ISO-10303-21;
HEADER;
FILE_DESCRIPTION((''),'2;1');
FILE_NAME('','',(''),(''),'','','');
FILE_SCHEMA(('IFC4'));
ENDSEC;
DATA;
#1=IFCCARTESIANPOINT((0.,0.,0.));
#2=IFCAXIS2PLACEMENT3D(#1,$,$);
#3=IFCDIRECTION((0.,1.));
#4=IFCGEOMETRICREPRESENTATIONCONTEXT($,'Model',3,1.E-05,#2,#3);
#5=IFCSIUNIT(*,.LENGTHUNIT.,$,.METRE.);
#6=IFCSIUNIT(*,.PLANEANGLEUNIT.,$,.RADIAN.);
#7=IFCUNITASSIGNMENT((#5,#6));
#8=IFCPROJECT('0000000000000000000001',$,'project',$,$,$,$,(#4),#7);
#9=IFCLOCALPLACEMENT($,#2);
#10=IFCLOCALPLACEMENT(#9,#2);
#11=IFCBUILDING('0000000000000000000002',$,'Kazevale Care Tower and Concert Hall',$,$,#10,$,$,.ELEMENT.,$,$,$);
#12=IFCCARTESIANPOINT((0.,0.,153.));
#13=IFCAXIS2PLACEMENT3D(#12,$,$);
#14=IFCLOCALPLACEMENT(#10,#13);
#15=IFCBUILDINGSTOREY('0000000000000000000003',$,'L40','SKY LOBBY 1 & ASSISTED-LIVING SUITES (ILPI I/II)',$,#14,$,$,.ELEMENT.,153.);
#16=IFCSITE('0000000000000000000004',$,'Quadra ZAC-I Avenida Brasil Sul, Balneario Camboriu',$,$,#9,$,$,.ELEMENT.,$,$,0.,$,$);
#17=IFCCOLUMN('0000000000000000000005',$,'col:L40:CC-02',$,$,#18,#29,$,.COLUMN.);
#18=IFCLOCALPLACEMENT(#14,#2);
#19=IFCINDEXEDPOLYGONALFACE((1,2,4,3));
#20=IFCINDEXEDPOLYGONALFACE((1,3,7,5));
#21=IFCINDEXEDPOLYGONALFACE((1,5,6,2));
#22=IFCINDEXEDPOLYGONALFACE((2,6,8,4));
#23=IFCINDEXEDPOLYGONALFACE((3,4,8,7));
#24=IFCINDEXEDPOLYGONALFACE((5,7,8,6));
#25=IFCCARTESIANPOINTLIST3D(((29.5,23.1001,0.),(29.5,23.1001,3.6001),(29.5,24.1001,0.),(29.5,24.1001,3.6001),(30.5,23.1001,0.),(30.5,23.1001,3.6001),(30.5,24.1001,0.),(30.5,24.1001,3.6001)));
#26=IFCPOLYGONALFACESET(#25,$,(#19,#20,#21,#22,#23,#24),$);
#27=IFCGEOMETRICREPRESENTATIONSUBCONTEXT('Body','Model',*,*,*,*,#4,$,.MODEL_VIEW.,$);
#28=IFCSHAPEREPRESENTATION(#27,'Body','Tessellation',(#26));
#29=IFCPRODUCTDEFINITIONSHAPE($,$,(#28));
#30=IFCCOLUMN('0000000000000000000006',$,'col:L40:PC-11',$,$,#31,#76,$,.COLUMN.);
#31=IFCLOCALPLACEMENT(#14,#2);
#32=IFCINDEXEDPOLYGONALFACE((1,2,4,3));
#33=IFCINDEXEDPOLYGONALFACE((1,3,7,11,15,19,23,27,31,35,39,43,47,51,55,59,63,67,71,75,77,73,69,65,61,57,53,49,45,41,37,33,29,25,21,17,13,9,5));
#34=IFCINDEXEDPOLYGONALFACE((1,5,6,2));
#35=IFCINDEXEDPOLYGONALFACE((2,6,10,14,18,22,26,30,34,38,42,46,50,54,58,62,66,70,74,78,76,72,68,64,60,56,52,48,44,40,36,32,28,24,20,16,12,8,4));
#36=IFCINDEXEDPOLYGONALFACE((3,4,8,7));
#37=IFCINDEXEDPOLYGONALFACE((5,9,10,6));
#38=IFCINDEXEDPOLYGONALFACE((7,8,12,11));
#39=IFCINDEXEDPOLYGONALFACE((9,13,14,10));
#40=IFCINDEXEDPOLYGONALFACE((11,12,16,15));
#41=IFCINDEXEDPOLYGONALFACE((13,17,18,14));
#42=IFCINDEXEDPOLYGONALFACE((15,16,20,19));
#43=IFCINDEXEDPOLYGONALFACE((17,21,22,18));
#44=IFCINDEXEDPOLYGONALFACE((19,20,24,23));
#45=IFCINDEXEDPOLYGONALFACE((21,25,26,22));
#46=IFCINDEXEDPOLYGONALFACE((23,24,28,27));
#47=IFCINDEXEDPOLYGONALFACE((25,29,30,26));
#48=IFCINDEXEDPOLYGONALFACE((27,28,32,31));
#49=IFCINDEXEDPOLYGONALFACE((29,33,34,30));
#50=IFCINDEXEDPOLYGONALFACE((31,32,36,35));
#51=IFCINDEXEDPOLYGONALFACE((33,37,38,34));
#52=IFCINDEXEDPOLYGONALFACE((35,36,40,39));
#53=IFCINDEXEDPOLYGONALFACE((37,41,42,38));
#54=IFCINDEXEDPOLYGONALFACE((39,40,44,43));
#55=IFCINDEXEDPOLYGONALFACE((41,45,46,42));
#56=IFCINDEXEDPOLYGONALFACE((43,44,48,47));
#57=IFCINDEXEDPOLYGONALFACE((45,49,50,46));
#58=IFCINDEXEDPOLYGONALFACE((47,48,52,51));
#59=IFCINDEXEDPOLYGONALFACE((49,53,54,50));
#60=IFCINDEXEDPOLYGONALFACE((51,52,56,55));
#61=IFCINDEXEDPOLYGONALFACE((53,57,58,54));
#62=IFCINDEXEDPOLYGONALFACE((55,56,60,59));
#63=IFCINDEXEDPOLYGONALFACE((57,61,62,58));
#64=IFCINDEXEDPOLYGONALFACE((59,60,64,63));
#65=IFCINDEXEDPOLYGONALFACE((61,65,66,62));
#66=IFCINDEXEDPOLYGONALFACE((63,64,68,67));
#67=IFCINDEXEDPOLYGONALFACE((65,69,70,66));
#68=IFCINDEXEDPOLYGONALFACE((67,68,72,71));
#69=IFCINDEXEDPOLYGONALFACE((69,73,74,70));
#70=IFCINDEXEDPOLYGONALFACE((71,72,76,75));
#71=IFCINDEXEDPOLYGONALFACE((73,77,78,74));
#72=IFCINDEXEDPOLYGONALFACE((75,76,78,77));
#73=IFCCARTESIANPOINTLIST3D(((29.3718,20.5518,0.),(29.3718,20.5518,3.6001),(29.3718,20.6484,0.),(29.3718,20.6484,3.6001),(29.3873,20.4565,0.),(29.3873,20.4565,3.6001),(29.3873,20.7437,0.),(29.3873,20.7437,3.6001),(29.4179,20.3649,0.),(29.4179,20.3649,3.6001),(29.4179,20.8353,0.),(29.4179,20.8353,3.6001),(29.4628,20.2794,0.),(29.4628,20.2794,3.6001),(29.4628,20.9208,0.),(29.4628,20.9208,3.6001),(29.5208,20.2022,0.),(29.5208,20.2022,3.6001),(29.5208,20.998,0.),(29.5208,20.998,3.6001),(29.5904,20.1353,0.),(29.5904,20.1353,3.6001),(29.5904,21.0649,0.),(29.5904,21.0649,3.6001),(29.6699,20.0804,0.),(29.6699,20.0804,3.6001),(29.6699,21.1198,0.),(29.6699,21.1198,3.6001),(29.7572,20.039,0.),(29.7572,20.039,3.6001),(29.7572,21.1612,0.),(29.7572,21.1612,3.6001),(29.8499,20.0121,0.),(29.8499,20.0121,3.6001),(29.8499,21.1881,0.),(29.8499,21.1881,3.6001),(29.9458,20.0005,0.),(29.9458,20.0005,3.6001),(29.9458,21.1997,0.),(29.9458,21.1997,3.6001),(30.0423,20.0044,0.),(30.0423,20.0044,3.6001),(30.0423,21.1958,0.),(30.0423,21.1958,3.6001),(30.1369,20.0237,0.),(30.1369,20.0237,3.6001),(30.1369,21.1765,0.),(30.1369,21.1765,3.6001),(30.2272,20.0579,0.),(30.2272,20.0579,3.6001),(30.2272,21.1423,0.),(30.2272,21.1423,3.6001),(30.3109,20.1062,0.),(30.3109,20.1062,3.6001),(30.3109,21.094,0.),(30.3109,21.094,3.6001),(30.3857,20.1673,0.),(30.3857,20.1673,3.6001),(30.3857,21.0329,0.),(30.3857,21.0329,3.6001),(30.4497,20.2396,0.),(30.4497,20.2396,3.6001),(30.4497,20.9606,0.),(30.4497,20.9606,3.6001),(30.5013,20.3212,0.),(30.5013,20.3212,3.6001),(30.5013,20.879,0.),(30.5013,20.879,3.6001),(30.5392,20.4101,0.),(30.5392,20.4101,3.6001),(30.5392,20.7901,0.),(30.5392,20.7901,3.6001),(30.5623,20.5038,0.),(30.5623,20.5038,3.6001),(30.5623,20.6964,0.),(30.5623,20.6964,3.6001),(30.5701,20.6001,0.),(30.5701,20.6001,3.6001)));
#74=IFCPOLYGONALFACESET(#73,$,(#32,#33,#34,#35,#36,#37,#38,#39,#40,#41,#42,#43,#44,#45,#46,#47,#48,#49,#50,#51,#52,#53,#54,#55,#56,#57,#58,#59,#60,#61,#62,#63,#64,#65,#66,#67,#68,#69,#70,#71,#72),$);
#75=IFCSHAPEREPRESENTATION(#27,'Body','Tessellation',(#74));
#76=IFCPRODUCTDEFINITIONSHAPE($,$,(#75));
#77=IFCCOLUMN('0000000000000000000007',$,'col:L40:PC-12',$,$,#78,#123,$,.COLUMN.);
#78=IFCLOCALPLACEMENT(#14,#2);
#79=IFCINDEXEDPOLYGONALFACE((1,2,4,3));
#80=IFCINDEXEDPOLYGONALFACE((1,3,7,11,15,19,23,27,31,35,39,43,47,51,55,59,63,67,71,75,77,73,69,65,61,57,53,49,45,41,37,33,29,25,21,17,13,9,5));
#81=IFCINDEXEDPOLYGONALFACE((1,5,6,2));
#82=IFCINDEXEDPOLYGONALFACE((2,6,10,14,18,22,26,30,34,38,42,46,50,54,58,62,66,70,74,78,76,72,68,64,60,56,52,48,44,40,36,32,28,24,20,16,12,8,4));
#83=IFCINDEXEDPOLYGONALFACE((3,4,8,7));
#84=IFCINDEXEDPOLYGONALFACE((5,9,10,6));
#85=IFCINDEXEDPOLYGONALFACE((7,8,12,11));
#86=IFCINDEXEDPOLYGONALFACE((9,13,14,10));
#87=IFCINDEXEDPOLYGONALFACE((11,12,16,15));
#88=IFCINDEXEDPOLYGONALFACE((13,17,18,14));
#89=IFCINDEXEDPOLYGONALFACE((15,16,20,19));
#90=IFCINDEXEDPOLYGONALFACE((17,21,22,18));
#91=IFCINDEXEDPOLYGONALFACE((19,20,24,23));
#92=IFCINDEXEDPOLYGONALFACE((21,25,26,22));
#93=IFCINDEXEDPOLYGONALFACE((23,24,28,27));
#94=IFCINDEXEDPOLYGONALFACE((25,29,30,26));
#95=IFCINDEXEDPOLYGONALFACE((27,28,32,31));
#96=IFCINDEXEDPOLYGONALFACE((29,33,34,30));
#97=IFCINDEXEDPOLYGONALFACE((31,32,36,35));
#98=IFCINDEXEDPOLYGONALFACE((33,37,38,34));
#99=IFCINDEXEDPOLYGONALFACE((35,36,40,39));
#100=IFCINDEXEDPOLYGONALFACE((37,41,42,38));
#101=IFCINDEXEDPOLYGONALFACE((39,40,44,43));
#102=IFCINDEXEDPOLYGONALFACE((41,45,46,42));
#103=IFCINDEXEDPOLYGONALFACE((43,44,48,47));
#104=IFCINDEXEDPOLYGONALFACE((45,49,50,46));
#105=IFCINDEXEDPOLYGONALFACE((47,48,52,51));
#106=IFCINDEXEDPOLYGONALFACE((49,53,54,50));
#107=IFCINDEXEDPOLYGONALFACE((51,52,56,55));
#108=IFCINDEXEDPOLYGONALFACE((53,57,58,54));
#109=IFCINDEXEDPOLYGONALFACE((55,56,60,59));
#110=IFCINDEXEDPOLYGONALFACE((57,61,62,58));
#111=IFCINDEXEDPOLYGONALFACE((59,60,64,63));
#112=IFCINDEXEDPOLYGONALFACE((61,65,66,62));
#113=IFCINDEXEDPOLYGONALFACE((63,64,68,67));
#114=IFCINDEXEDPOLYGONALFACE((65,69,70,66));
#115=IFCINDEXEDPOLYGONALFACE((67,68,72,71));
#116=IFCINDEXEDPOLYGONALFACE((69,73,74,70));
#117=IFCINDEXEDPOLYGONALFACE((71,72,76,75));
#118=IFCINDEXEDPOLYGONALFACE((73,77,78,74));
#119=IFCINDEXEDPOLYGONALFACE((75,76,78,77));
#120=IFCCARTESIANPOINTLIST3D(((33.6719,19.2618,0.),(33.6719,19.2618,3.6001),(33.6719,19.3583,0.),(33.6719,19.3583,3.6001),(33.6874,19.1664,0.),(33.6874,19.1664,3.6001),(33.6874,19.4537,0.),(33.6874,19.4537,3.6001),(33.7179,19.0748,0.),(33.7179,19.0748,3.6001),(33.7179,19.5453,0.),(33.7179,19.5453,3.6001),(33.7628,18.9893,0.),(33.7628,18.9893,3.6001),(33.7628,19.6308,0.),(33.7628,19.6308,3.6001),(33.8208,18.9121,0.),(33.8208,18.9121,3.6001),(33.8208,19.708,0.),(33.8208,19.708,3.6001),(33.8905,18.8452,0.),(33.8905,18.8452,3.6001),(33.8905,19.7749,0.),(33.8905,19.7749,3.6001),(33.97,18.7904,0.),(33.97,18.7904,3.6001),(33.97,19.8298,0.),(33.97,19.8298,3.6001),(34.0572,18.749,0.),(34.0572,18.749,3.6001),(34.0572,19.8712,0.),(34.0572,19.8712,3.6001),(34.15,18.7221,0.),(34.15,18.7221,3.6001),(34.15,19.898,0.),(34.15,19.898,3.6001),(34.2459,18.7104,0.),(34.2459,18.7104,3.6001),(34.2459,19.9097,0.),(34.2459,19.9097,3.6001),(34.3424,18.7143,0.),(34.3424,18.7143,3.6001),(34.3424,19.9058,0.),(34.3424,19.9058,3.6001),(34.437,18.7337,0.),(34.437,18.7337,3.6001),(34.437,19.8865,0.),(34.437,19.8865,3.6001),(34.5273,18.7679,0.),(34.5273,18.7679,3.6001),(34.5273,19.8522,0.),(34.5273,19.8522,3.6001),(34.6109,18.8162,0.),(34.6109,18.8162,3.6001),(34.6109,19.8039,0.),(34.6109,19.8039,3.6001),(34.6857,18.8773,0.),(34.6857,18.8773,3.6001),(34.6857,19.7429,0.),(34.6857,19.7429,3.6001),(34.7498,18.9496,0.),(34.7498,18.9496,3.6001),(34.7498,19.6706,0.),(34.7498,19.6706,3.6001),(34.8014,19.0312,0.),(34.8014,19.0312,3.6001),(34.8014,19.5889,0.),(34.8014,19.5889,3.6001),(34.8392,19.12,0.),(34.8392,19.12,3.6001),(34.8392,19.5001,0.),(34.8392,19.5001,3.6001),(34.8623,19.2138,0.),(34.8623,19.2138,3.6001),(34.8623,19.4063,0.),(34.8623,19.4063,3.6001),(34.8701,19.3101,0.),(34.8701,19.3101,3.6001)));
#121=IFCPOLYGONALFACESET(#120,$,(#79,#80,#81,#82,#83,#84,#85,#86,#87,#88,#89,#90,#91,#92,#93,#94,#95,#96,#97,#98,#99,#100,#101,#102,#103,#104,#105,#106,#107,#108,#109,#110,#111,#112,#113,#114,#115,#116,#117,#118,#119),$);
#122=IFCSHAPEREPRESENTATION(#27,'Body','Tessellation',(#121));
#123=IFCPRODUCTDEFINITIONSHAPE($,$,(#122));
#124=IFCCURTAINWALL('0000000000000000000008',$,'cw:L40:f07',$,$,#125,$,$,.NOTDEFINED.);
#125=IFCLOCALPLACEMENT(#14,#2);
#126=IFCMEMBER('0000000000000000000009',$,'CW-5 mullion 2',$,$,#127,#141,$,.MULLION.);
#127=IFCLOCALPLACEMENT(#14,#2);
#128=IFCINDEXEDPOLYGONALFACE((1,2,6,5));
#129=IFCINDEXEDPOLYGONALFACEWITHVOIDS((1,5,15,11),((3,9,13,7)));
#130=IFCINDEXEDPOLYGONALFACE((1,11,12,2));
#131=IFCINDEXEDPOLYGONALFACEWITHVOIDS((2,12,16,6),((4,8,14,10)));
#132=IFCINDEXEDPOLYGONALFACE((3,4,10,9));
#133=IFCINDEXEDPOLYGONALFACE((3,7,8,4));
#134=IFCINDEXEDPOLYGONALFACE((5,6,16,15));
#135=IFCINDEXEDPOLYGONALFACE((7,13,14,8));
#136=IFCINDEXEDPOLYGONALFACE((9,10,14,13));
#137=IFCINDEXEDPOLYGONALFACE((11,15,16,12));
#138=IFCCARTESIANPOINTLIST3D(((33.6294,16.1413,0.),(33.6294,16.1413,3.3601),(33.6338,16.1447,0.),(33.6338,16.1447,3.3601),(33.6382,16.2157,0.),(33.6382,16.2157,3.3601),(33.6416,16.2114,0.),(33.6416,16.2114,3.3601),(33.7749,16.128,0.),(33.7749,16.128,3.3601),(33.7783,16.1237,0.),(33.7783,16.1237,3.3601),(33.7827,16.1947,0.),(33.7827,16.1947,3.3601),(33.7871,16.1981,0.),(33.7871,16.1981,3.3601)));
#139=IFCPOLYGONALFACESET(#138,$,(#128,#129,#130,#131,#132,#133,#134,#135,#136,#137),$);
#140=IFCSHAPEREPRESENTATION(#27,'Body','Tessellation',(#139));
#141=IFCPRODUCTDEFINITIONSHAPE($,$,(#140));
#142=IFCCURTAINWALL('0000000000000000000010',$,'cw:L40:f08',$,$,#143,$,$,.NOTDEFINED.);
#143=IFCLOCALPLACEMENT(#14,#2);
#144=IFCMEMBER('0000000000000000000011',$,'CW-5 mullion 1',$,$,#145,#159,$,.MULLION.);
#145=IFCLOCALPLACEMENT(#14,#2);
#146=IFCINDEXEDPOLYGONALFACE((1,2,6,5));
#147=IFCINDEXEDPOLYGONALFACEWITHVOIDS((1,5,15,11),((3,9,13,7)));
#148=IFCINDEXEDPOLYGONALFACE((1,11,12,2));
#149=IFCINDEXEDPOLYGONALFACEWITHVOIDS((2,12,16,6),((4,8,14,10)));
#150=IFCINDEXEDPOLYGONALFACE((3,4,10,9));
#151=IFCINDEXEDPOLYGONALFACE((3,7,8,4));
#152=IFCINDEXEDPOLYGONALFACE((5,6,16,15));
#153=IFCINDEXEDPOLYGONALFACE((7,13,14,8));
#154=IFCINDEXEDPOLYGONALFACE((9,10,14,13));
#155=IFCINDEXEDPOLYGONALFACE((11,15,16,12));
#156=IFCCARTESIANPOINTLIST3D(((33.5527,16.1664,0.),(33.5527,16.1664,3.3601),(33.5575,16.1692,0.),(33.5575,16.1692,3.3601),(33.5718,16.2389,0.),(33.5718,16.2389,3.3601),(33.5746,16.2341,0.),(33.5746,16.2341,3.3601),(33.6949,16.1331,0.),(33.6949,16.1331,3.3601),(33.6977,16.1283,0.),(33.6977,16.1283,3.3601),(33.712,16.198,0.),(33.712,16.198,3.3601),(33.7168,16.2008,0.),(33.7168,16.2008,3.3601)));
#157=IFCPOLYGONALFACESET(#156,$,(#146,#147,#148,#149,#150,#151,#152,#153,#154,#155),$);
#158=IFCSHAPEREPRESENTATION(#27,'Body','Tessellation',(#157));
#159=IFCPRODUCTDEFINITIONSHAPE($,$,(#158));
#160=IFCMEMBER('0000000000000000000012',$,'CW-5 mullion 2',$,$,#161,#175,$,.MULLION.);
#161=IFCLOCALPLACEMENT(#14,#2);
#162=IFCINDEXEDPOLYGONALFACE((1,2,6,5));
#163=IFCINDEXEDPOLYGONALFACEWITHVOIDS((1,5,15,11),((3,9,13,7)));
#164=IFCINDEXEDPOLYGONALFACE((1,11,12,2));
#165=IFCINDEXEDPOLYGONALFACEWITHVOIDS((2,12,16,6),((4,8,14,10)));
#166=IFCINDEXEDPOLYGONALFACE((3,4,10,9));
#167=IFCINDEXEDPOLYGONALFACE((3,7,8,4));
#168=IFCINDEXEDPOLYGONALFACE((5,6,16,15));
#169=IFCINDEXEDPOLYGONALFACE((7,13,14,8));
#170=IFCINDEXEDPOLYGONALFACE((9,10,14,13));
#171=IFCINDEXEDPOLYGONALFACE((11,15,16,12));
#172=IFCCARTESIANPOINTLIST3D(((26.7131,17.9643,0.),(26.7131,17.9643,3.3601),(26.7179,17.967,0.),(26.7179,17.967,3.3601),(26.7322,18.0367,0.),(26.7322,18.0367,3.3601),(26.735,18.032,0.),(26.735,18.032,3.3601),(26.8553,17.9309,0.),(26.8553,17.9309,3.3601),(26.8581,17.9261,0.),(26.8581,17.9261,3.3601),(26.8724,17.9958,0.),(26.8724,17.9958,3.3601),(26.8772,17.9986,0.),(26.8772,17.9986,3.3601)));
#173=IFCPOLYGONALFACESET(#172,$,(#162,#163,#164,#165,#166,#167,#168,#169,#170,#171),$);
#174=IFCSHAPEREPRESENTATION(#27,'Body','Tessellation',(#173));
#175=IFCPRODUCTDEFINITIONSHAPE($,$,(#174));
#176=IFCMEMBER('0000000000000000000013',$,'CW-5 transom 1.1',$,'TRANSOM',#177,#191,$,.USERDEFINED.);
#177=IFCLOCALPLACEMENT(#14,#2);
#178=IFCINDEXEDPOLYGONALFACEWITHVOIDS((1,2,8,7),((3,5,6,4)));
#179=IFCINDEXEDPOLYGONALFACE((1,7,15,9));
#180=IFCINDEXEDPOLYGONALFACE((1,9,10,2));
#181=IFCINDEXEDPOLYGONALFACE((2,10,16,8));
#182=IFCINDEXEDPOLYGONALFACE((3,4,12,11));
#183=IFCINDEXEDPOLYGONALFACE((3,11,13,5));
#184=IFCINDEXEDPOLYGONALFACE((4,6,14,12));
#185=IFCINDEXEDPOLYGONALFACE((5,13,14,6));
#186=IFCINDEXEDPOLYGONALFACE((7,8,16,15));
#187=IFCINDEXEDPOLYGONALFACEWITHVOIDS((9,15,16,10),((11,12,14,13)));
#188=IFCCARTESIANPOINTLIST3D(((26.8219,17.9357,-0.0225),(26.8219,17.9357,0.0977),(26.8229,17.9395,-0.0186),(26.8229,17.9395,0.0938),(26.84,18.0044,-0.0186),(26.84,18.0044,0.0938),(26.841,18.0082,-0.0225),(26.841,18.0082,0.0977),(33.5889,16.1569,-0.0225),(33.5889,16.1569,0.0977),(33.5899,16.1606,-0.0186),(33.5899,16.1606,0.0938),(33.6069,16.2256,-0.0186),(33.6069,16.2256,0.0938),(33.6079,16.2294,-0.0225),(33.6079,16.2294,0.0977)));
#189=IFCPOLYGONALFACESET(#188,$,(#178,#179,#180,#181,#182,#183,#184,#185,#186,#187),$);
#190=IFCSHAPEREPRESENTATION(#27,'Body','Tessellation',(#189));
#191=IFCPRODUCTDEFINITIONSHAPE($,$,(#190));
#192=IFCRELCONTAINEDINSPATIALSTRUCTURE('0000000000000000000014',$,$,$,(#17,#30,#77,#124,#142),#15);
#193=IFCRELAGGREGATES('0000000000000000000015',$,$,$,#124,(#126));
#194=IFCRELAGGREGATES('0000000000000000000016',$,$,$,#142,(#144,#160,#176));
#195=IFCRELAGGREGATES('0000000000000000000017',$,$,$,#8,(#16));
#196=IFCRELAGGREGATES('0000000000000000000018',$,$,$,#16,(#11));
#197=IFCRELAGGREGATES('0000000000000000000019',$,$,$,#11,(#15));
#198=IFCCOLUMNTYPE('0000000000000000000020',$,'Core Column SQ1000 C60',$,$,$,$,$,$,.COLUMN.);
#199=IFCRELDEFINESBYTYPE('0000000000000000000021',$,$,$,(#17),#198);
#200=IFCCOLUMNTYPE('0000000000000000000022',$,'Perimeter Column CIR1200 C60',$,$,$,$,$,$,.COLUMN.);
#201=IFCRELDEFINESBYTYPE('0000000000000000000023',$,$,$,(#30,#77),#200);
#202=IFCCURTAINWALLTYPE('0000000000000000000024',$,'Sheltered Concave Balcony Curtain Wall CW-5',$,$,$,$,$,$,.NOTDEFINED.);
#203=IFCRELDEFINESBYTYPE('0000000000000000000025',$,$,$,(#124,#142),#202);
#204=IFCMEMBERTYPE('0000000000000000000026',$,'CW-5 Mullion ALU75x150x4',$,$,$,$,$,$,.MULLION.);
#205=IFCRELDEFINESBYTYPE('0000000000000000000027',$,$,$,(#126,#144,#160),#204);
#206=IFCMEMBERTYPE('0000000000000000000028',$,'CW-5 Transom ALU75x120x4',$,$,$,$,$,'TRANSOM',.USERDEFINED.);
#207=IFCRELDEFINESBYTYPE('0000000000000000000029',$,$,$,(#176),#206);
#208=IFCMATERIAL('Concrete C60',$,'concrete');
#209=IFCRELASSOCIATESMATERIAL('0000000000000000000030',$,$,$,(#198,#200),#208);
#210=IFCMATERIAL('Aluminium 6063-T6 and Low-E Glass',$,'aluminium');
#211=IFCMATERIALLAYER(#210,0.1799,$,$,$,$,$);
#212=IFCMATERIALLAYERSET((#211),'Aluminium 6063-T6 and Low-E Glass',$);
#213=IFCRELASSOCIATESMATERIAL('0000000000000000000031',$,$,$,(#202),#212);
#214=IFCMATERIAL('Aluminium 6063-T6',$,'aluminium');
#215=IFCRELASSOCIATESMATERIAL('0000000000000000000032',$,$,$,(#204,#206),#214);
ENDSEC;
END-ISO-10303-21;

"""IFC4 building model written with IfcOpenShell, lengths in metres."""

from ifc_helpers import new_model, si_unit, direction, frame, origin, origin_2d, place, context, subcontext, project, spatial, rectangle, hollow_rectangle, circle, extrude, material, layer, layer_set, material_profile, profile_set, type_object, element, aggregate, save


model = new_model("IFC4")

# Units and contexts
model_context = context("Model", 3, precision=1e-05, world=origin(), true_north=direction((0.0, 1.0)))
body_context = subcontext(model_context, "Body", "Model", "MODEL_VIEW")
ifc_project = project(units=[si_unit("LENGTHUNIT", "METRE"), si_unit("PLANEANGLEUNIT", "RADIAN")], contexts=[model_context])

# Site, building, storey
site_placement = place(None, origin())
site = spatial("IfcSite", under=ifc_project, at=site_placement, Name="Quadra ZAC-I Avenida Brasil Sul, Balneario Camboriu", CompositionType="ELEMENT", RefElevation=0.0)
building_placement = place(site_placement, origin())
building = spatial("IfcBuilding", under=site, at=building_placement, Name="Kazevale Care Tower and Concert Hall", CompositionType="ELEMENT")
storey_placement = place(building_placement, frame((0.0, 0.0, 153.0)))
storey = spatial("IfcBuildingStorey", under=building, at=storey_placement, Name="L40", Description="SKY LOBBY 1 & ASSISTED-LIVING SUITES (ILPI I/II)", CompositionType="ELEMENT", Elevation=153.0)

# Columns
ifc_material_1 = material(Name="Concrete C60", Category="concrete")
ifc_material_profile_1 = material_profile(ifc_material_1, rectangle(XDim=1.0, YDim=1.0, at=origin_2d()), Name="RC-SQ1000")
ifc_profile_set_1 = profile_set([ifc_material_profile_1], Name="Concrete C60")
column_type_1 = type_object("IfcColumnType", Name="Core Column SQ1000 C60", PredefinedType="COLUMN", material=ifc_profile_set_1)
column_placement = place(storey_placement, frame((30.0, 23.6001, 0.0), z_axis=(0.0, 0.0, 1.0), x_axis=(1.0, 0.0, 0.0)))
element("IfcColumn", 1, at=column_placement, inside=storey, type_object=column_type_1, Name="col:L40:CC-02", PredefinedType="COLUMN", context=body_context, shape_type="SweptSolid", body=[
    extrude(rectangle(XDim=1.0, YDim=1.0, at=origin_2d()), origin(), (0.0, 0.0, 1.0), 3.6001),
])
ifc_material_profile_2 = material_profile(ifc_material_1, circle(Radius=0.6001, at=origin_2d()), Name="RC-CIR1200")
ifc_profile_set_2 = profile_set([ifc_material_profile_2], Name="Concrete C60")
column_type_2 = type_object("IfcColumnType", Name="Perimeter Column CIR1200 C60", PredefinedType="COLUMN", material=ifc_profile_set_2)
for number, where, z_axis, x_axis, name in (
    (2, (29.97, 20.6001, 0.0), (0.0, 0.0, 1.0), (1.0, 0.0, 0.0), "col:L40:PC-11"),
    (3, (34.27, 19.3101, 0.0), (0.0, 0.0, 1.0), (1.0, 0.0, 0.0), "col:L40:PC-12"),
):
    element("IfcColumn", number, at=place(storey_placement, frame(where, z_axis=z_axis, x_axis=x_axis)), inside=storey, type_object=column_type_2, Name=name, PredefinedType="COLUMN", context=body_context, shape_type="SweptSolid", body=[
        extrude(circle(Radius=0.6001, at=origin_2d()), origin(), (0.0, 0.0, 1.0), 3.6001),
    ])

# Curtain wall, member
ifc_material_2 = material(Name="Aluminium 6063-T6 and Low-E Glass", Category="aluminium")
ifc_layer_1 = layer(ifc_material_2, 0.1799)
ifc_layer_set_1 = layer_set([ifc_layer_1], Name="Aluminium 6063-T6 and Low-E Glass")
curtain_wall_type = type_object("IfcCurtainWallType", Name="Sheltered Concave Balcony Curtain Wall CW-5", PredefinedType="NOTDEFINED", material=ifc_layer_set_1)
curtain_wall_1_placement = place(storey_placement, origin())
curtain_wall_1 = element("IfcCurtainWall", 4, at=curtain_wall_1_placement, inside=storey, type_object=curtain_wall_type, Name="cw:L40:f07", PredefinedType="NOTDEFINED")
ifc_material_3 = material(Name="Aluminium 6063-T6", Category="aluminium")
ifc_material_profile_3 = material_profile(ifc_material_3, hollow_rectangle(XDim=0.075, YDim=0.1499, WallThickness=0.0039, at=origin_2d()), Name="ALU75x150x4")
ifc_profile_set_3 = profile_set([ifc_material_profile_3], Name="Aluminium 6063-T6")
member_type_1 = type_object("IfcMemberType", Name="CW-5 Mullion ALU75x150x4", PredefinedType="MULLION", material=ifc_profile_set_3)
member_1_placement = place(storey_placement, frame((33.7083, 16.1697, 0.0), z_axis=(0.0, 0.0, 1.0), x_axis=(-0.117372, -0.993088, 0.0)))
member_1 = element("IfcMember", 5, at=member_1_placement, type_object=member_type_1, Name="CW-5 mullion 2", PredefinedType="MULLION", context=body_context, shape_type="SweptSolid", body=[
    extrude(hollow_rectangle(XDim=0.075, YDim=0.1499, WallThickness=0.0039, at=origin_2d()), origin(), (0.0, 0.0, 1.0), 3.3601),
])
aggregate(curtain_wall_1, [member_1])

# Curtain wall, members
curtain_wall_2_placement = place(storey_placement, origin())
curtain_wall_2 = element("IfcCurtainWall", 6, at=curtain_wall_2_placement, inside=storey, type_object=curtain_wall_type, Name="cw:L40:f08", PredefinedType="NOTDEFINED")
member_2_placement = place(storey_placement, frame((33.6348, 16.1836, 0.0), z_axis=(0.0, 0.0, 1.0), x_axis=(-0.254238, -0.967142, 0.0)))
member_2 = element("IfcMember", 7, at=member_2_placement, type_object=member_type_1, Name="CW-5 mullion 1", PredefinedType="MULLION", context=body_context, shape_type="SweptSolid", body=[
    extrude(hollow_rectangle(XDim=0.075, YDim=0.1499, WallThickness=0.0039, at=origin_2d()), origin(), (0.0, 0.0, 1.0), 3.3601),
])
member_3_placement = place(storey_placement, frame((26.7952, 17.9814, 0.0), z_axis=(0.0, 0.0, 1.0), x_axis=(-0.254238, -0.967142, 0.0)))
member_3 = element("IfcMember", 8, at=member_3_placement, type_object=member_type_1, Name="CW-5 mullion 2", PredefinedType="MULLION", context=body_context, shape_type="SweptSolid", body=[
    extrude(hollow_rectangle(XDim=0.075, YDim=0.1499, WallThickness=0.0039, at=origin_2d()), origin(), (0.0, 0.0, 1.0), 3.3601),
])
ifc_material_profile_4 = material_profile(ifc_material_3, hollow_rectangle(XDim=0.075, YDim=0.1201, WallThickness=0.0039, at=origin_2d()), Name="ALU75x120x4")
ifc_profile_set_4 = profile_set([ifc_material_profile_4], Name="Aluminium 6063-T6")
member_type_2 = type_object("IfcMemberType", Name="CW-5 Transom ALU75x120x4", ElementType="TRANSOM", PredefinedType="USERDEFINED", material=ifc_profile_set_4)
member_4_placement = place(storey_placement, frame((33.5984, 16.1931, 0.0376), z_axis=(-0.967143, 0.254234, 0.0), x_axis=(-0.254234, -0.967143, 0.0)))
member_4 = element("IfcMember", 9, at=member_4_placement, type_object=member_type_2, Name="CW-5 transom 1.1", ObjectType="TRANSOM", PredefinedType="USERDEFINED", context=body_context, shape_type="SweptSolid", body=[
    extrude(hollow_rectangle(XDim=0.075, YDim=0.1201, WallThickness=0.0039, at=origin_2d()), origin(), (0.0, 0.0, 1.0), 6.9968),
])

aggregate(curtain_wall_2, [member_2, member_3, member_4])

save(model, "model.ifc")
